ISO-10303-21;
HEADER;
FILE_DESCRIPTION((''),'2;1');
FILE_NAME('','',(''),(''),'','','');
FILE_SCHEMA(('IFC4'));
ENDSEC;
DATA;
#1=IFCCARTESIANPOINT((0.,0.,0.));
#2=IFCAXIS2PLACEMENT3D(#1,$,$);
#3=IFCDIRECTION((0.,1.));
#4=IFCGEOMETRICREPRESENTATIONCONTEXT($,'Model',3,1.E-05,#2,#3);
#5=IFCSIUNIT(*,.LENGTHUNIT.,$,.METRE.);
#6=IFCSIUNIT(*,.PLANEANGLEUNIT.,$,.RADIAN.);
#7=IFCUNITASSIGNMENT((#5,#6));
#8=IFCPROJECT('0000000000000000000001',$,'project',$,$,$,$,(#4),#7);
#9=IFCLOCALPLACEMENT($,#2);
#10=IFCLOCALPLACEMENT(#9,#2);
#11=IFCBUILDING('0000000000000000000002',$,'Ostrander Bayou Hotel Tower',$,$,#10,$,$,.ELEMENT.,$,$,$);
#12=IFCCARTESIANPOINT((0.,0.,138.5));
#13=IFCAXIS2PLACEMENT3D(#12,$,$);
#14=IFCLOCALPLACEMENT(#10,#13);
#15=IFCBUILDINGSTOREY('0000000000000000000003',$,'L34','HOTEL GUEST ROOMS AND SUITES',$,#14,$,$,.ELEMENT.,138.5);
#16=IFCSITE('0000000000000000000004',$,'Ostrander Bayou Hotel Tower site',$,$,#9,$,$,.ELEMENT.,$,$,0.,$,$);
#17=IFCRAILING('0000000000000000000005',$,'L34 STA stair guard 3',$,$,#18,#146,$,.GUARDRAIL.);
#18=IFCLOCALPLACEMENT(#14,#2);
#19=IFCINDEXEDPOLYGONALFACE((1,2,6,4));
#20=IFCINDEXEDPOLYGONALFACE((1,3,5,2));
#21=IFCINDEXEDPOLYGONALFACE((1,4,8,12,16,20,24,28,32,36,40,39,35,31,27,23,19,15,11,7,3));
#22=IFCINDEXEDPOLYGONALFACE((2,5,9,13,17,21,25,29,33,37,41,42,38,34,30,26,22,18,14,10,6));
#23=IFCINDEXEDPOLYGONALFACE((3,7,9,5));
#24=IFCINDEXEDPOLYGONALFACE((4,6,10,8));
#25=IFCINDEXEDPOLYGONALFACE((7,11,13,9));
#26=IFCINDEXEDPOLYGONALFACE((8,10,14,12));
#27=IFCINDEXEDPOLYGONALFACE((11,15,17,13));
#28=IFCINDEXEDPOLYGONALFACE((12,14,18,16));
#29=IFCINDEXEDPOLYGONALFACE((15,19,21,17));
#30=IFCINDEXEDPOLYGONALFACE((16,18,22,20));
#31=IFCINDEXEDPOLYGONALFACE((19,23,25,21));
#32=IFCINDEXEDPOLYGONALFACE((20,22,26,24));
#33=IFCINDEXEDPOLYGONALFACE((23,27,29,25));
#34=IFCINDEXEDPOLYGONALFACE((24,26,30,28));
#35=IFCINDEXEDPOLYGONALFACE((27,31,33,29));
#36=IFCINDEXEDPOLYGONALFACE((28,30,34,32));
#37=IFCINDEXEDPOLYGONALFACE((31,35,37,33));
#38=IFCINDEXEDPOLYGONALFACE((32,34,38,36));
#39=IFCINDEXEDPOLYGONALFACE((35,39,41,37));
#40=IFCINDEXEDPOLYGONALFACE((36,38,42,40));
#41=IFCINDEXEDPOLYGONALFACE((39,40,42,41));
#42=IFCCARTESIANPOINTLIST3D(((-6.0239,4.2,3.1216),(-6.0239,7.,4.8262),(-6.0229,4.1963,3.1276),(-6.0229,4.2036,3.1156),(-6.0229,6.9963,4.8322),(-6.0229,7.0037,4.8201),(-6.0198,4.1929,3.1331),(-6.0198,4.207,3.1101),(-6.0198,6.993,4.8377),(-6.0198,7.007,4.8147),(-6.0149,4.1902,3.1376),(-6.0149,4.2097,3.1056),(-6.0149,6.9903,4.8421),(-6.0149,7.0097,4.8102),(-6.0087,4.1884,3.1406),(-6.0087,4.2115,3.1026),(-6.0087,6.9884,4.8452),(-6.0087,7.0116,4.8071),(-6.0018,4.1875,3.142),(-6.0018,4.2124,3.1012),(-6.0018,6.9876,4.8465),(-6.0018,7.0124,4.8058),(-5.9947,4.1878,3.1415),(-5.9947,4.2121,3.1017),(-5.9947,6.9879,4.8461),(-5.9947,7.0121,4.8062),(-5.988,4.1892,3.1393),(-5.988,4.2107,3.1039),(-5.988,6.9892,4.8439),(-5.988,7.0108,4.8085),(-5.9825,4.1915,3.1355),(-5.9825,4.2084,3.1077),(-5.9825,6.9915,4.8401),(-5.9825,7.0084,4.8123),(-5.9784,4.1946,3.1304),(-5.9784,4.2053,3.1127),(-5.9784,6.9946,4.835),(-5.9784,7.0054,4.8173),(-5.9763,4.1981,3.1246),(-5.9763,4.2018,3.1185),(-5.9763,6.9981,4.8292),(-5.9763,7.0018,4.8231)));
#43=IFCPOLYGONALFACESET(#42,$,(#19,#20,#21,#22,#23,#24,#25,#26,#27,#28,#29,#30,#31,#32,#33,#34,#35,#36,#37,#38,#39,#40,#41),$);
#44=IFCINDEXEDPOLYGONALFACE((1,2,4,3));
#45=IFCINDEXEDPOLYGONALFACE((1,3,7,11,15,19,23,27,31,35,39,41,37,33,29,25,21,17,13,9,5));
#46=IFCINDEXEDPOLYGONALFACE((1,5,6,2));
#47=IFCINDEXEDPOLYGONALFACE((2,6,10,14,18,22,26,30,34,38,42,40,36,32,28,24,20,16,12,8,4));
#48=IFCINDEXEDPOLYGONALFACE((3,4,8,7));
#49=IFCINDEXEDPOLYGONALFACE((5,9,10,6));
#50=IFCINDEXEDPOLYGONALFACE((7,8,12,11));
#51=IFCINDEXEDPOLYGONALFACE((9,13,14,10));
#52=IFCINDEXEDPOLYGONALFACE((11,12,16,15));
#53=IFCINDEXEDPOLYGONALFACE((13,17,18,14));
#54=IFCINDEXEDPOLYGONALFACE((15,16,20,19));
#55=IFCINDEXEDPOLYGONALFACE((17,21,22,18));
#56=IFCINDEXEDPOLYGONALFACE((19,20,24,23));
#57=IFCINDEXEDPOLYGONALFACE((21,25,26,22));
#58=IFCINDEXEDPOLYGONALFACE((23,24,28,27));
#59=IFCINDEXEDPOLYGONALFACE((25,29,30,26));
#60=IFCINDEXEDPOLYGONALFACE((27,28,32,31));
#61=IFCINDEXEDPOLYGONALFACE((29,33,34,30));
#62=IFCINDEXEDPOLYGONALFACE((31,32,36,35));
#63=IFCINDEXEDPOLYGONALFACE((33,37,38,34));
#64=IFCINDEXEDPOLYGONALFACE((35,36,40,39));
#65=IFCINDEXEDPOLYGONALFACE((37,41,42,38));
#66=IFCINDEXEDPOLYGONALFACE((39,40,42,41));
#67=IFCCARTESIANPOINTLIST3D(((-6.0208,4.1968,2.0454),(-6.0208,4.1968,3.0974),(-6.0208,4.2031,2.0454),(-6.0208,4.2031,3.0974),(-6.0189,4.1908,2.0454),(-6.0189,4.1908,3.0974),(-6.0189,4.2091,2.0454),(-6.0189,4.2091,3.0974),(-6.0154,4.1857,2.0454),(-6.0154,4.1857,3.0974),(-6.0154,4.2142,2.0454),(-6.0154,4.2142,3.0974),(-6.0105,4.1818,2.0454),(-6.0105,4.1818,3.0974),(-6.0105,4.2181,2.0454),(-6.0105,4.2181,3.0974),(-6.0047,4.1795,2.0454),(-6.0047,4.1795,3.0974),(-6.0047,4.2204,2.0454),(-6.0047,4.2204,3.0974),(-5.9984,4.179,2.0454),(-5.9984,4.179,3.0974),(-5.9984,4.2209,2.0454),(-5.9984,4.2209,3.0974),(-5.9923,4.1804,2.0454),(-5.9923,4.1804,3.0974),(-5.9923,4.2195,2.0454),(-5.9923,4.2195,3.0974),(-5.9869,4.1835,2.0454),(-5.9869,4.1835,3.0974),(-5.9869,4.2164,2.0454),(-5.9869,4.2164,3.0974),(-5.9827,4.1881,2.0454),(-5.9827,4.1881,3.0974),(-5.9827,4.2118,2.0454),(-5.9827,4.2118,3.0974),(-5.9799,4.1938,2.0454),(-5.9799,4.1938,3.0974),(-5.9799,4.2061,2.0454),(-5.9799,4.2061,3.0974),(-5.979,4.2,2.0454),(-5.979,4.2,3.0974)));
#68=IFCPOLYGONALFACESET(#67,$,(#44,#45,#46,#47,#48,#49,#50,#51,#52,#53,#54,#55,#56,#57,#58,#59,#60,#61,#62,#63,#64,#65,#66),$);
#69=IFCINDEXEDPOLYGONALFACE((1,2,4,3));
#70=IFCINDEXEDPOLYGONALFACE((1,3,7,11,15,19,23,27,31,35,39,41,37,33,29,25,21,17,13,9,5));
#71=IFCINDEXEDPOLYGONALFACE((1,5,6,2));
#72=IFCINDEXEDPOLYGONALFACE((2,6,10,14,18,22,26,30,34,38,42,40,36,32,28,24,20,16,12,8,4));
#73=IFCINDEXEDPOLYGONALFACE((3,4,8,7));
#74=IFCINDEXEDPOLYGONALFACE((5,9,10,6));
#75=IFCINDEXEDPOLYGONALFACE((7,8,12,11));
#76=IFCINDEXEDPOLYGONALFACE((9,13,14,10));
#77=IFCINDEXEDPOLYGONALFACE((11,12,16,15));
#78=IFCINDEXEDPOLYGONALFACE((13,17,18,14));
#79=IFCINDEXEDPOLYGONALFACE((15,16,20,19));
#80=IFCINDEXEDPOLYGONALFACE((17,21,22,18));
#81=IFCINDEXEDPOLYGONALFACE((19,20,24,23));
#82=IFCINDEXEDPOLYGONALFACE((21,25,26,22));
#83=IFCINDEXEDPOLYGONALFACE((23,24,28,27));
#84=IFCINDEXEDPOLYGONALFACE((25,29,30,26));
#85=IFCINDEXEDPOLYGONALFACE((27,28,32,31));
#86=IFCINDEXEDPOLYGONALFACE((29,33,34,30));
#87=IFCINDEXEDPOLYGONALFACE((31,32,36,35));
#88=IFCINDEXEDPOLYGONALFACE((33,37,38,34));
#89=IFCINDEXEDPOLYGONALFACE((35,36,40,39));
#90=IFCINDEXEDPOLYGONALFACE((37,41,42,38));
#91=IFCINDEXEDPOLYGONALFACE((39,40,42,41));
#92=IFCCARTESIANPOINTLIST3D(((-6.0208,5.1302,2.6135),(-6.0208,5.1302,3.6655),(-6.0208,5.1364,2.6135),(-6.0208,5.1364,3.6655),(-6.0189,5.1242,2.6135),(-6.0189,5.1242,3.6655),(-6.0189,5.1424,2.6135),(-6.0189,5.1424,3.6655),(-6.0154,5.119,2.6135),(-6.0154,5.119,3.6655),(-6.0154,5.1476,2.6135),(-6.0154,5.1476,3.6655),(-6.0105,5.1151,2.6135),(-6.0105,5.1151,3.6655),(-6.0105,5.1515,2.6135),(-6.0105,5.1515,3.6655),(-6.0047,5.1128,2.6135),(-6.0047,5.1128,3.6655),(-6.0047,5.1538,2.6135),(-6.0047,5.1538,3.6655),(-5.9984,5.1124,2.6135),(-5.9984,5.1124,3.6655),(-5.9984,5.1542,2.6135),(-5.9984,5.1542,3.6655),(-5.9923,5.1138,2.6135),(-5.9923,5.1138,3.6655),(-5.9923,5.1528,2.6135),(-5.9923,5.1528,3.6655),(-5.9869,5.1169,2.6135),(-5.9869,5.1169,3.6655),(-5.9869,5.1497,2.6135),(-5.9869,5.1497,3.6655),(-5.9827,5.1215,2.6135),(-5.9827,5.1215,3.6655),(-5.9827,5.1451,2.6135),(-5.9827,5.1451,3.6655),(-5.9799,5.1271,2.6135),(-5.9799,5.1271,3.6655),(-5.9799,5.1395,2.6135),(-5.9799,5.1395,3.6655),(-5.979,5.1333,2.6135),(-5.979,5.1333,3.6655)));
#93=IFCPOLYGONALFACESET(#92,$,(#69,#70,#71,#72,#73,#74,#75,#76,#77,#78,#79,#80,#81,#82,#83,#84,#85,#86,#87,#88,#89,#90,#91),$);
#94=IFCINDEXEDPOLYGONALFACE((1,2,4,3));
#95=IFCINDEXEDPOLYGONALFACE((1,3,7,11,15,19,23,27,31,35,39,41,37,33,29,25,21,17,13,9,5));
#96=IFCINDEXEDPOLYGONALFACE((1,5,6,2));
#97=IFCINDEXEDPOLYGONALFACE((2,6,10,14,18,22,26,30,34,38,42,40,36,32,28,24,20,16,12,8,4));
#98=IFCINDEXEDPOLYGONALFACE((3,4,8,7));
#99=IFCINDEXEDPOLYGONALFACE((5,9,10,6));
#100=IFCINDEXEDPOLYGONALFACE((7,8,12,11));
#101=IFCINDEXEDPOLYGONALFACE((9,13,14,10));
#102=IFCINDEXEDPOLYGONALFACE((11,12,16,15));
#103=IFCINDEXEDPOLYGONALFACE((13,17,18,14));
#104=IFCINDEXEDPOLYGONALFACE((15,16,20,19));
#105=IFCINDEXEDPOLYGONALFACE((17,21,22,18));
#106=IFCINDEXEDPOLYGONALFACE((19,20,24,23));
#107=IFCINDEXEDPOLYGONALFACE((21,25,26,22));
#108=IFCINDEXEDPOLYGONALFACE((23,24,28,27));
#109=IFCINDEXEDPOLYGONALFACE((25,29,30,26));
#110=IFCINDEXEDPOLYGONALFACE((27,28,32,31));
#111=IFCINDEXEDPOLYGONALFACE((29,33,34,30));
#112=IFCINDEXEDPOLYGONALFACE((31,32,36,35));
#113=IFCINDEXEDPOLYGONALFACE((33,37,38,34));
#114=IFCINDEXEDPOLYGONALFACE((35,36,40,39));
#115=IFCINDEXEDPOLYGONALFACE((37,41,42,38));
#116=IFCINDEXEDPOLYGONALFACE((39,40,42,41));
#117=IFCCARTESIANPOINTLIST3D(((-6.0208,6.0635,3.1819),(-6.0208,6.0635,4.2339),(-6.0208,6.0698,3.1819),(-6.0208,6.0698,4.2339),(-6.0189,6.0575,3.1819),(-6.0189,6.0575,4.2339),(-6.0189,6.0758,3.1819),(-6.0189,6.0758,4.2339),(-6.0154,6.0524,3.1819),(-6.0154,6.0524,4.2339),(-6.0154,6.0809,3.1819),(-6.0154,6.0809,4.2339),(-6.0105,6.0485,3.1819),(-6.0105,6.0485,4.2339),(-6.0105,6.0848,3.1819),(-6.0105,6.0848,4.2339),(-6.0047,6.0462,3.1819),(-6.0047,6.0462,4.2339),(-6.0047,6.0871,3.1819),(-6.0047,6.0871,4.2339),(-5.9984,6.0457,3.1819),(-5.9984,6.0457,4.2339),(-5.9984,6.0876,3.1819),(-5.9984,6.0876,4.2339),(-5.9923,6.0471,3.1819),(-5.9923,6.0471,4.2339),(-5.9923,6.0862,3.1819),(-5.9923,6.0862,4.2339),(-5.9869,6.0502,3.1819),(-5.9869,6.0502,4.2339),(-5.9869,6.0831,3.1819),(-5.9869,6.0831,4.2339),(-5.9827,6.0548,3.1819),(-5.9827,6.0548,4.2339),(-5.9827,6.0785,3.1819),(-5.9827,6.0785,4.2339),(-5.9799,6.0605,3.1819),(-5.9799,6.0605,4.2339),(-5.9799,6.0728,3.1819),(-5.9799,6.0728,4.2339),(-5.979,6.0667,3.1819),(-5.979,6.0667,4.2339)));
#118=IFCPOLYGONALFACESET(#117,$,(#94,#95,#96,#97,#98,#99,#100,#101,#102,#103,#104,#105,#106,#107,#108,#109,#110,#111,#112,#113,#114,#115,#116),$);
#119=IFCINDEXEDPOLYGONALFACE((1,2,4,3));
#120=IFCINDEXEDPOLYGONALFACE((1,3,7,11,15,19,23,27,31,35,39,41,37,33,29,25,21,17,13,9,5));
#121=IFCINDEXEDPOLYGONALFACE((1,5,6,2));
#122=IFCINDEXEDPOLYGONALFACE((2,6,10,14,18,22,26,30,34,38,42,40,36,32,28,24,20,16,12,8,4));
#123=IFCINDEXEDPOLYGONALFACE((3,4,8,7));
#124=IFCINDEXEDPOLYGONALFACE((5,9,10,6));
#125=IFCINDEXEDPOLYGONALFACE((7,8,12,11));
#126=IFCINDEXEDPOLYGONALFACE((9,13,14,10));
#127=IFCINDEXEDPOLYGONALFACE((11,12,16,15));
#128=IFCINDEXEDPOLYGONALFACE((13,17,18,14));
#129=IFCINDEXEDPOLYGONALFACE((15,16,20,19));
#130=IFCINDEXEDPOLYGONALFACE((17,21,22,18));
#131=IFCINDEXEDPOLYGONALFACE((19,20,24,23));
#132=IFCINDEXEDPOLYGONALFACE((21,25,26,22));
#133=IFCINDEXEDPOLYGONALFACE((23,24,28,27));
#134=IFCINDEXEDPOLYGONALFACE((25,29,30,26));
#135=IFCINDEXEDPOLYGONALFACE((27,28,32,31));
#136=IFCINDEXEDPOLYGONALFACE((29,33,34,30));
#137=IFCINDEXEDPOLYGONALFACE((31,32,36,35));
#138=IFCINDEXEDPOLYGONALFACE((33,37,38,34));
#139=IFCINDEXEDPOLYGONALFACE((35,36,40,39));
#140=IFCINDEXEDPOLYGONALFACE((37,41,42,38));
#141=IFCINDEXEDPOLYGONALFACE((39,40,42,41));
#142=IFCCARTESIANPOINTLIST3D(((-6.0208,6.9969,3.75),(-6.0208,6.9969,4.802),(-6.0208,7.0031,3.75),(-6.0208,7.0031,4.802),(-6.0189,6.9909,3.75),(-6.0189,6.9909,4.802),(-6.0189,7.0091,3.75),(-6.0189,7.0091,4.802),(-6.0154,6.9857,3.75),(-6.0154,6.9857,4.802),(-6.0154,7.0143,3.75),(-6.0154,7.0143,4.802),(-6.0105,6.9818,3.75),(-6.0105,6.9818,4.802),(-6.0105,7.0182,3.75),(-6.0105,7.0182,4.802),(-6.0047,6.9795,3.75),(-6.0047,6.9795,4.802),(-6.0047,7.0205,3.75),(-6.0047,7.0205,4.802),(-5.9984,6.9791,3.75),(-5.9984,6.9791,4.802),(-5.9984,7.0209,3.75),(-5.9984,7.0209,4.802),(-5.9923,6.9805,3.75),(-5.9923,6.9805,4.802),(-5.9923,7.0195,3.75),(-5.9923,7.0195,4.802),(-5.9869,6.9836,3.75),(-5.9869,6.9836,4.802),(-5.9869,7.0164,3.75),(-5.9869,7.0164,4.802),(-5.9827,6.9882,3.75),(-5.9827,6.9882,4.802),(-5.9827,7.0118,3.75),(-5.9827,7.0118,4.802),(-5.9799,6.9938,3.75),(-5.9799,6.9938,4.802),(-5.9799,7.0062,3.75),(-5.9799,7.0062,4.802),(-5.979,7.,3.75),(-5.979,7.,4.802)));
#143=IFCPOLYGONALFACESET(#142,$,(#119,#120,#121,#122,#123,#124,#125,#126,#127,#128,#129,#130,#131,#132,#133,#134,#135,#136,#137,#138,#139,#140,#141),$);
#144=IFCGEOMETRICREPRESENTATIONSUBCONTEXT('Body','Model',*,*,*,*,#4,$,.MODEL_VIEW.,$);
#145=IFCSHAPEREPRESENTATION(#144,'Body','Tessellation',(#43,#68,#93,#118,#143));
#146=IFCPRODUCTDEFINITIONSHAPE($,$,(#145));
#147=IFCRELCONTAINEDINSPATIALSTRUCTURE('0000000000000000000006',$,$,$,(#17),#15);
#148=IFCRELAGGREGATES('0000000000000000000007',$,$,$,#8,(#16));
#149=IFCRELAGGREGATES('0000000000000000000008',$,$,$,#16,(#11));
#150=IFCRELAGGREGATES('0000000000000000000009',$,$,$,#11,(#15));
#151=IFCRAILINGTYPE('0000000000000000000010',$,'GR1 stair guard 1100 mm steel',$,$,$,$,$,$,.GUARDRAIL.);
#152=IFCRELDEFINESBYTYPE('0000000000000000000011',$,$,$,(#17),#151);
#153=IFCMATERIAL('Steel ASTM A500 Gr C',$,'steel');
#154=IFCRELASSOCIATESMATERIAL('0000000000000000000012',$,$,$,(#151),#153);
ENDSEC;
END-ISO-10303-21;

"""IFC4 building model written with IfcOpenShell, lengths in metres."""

from ifc_helpers import new_model, si_unit, direction, frame, origin, origin_2d, place, context, subcontext, project, spatial, circle, extrude, material, type_object, element, save


model = new_model("IFC4")

# Units and contexts
model_context = context("Model", 3, precision=1e-05, world=origin(), true_north=direction((0.0, 1.0)))
body_context = subcontext(model_context, "Body", "Model", "MODEL_VIEW")
ifc_project = project(units=[si_unit("LENGTHUNIT", "METRE"), si_unit("PLANEANGLEUNIT", "RADIAN")], contexts=[model_context])

# Site, building, storey
site_placement = place(None, origin())
site = spatial("IfcSite", under=ifc_project, at=site_placement, Name="Ostrander Bayou Hotel Tower site", CompositionType="ELEMENT", RefElevation=0.0)
building_placement = place(site_placement, origin())
building = spatial("IfcBuilding", under=site, at=building_placement, Name="Ostrander Bayou Hotel Tower", CompositionType="ELEMENT")
storey_placement = place(building_placement, frame((0.0, 0.0, 138.5)))
storey = spatial("IfcBuildingStorey", under=building, at=storey_placement, Name="L34", Description="HOTEL GUEST ROOMS AND SUITES", CompositionType="ELEMENT", Elevation=138.5)

# Railing
ifc_material_1 = material(Name="Steel ASTM A500 Gr C", Category="steel")
railing_type_1 = type_object("IfcRailingType", Name="GR1 stair guard 1100 mm steel", PredefinedType="GUARDRAIL", material=ifc_material_1)
railing_1_placement = place(storey_placement, frame((-6.0, 4.2, 2.0454)))
element("IfcRailing", 1, at=railing_1_placement, inside=storey, type_object=railing_type_1, Name="L34 STA stair guard 3", PredefinedType="GUARDRAIL", context=body_context, shape_type="SweptSolid", body=[
    extrude(circle(Radius=0.0239, at=origin_2d()), frame((0.0, 0.0, 1.0762), z_axis=(0.0, 0.85417, 0.519994), x_axis=(-1.0, 0.0, 0.0)), (0.0, 0.0, 1.0), 3.2781),
    extrude(circle(Radius=0.021, at=origin_2d()), origin(), (0.0, 0.0, 1.0), 1.052),
    extrude(circle(Radius=0.021, at=origin_2d()), frame((0.0, 0.9333, 0.5681)), (0.0, 0.0, 1.0), 1.052),
    extrude(circle(Radius=0.021, at=origin_2d()), frame((0.0, 1.8667, 1.1365)), (0.0, 0.0, 1.0), 1.052),
    extrude(circle(Radius=0.021, at=origin_2d()), frame((0.0, 2.8, 1.7046)), (0.0, 0.0, 1.0), 1.052),
])

save(model, "model.ifc")
